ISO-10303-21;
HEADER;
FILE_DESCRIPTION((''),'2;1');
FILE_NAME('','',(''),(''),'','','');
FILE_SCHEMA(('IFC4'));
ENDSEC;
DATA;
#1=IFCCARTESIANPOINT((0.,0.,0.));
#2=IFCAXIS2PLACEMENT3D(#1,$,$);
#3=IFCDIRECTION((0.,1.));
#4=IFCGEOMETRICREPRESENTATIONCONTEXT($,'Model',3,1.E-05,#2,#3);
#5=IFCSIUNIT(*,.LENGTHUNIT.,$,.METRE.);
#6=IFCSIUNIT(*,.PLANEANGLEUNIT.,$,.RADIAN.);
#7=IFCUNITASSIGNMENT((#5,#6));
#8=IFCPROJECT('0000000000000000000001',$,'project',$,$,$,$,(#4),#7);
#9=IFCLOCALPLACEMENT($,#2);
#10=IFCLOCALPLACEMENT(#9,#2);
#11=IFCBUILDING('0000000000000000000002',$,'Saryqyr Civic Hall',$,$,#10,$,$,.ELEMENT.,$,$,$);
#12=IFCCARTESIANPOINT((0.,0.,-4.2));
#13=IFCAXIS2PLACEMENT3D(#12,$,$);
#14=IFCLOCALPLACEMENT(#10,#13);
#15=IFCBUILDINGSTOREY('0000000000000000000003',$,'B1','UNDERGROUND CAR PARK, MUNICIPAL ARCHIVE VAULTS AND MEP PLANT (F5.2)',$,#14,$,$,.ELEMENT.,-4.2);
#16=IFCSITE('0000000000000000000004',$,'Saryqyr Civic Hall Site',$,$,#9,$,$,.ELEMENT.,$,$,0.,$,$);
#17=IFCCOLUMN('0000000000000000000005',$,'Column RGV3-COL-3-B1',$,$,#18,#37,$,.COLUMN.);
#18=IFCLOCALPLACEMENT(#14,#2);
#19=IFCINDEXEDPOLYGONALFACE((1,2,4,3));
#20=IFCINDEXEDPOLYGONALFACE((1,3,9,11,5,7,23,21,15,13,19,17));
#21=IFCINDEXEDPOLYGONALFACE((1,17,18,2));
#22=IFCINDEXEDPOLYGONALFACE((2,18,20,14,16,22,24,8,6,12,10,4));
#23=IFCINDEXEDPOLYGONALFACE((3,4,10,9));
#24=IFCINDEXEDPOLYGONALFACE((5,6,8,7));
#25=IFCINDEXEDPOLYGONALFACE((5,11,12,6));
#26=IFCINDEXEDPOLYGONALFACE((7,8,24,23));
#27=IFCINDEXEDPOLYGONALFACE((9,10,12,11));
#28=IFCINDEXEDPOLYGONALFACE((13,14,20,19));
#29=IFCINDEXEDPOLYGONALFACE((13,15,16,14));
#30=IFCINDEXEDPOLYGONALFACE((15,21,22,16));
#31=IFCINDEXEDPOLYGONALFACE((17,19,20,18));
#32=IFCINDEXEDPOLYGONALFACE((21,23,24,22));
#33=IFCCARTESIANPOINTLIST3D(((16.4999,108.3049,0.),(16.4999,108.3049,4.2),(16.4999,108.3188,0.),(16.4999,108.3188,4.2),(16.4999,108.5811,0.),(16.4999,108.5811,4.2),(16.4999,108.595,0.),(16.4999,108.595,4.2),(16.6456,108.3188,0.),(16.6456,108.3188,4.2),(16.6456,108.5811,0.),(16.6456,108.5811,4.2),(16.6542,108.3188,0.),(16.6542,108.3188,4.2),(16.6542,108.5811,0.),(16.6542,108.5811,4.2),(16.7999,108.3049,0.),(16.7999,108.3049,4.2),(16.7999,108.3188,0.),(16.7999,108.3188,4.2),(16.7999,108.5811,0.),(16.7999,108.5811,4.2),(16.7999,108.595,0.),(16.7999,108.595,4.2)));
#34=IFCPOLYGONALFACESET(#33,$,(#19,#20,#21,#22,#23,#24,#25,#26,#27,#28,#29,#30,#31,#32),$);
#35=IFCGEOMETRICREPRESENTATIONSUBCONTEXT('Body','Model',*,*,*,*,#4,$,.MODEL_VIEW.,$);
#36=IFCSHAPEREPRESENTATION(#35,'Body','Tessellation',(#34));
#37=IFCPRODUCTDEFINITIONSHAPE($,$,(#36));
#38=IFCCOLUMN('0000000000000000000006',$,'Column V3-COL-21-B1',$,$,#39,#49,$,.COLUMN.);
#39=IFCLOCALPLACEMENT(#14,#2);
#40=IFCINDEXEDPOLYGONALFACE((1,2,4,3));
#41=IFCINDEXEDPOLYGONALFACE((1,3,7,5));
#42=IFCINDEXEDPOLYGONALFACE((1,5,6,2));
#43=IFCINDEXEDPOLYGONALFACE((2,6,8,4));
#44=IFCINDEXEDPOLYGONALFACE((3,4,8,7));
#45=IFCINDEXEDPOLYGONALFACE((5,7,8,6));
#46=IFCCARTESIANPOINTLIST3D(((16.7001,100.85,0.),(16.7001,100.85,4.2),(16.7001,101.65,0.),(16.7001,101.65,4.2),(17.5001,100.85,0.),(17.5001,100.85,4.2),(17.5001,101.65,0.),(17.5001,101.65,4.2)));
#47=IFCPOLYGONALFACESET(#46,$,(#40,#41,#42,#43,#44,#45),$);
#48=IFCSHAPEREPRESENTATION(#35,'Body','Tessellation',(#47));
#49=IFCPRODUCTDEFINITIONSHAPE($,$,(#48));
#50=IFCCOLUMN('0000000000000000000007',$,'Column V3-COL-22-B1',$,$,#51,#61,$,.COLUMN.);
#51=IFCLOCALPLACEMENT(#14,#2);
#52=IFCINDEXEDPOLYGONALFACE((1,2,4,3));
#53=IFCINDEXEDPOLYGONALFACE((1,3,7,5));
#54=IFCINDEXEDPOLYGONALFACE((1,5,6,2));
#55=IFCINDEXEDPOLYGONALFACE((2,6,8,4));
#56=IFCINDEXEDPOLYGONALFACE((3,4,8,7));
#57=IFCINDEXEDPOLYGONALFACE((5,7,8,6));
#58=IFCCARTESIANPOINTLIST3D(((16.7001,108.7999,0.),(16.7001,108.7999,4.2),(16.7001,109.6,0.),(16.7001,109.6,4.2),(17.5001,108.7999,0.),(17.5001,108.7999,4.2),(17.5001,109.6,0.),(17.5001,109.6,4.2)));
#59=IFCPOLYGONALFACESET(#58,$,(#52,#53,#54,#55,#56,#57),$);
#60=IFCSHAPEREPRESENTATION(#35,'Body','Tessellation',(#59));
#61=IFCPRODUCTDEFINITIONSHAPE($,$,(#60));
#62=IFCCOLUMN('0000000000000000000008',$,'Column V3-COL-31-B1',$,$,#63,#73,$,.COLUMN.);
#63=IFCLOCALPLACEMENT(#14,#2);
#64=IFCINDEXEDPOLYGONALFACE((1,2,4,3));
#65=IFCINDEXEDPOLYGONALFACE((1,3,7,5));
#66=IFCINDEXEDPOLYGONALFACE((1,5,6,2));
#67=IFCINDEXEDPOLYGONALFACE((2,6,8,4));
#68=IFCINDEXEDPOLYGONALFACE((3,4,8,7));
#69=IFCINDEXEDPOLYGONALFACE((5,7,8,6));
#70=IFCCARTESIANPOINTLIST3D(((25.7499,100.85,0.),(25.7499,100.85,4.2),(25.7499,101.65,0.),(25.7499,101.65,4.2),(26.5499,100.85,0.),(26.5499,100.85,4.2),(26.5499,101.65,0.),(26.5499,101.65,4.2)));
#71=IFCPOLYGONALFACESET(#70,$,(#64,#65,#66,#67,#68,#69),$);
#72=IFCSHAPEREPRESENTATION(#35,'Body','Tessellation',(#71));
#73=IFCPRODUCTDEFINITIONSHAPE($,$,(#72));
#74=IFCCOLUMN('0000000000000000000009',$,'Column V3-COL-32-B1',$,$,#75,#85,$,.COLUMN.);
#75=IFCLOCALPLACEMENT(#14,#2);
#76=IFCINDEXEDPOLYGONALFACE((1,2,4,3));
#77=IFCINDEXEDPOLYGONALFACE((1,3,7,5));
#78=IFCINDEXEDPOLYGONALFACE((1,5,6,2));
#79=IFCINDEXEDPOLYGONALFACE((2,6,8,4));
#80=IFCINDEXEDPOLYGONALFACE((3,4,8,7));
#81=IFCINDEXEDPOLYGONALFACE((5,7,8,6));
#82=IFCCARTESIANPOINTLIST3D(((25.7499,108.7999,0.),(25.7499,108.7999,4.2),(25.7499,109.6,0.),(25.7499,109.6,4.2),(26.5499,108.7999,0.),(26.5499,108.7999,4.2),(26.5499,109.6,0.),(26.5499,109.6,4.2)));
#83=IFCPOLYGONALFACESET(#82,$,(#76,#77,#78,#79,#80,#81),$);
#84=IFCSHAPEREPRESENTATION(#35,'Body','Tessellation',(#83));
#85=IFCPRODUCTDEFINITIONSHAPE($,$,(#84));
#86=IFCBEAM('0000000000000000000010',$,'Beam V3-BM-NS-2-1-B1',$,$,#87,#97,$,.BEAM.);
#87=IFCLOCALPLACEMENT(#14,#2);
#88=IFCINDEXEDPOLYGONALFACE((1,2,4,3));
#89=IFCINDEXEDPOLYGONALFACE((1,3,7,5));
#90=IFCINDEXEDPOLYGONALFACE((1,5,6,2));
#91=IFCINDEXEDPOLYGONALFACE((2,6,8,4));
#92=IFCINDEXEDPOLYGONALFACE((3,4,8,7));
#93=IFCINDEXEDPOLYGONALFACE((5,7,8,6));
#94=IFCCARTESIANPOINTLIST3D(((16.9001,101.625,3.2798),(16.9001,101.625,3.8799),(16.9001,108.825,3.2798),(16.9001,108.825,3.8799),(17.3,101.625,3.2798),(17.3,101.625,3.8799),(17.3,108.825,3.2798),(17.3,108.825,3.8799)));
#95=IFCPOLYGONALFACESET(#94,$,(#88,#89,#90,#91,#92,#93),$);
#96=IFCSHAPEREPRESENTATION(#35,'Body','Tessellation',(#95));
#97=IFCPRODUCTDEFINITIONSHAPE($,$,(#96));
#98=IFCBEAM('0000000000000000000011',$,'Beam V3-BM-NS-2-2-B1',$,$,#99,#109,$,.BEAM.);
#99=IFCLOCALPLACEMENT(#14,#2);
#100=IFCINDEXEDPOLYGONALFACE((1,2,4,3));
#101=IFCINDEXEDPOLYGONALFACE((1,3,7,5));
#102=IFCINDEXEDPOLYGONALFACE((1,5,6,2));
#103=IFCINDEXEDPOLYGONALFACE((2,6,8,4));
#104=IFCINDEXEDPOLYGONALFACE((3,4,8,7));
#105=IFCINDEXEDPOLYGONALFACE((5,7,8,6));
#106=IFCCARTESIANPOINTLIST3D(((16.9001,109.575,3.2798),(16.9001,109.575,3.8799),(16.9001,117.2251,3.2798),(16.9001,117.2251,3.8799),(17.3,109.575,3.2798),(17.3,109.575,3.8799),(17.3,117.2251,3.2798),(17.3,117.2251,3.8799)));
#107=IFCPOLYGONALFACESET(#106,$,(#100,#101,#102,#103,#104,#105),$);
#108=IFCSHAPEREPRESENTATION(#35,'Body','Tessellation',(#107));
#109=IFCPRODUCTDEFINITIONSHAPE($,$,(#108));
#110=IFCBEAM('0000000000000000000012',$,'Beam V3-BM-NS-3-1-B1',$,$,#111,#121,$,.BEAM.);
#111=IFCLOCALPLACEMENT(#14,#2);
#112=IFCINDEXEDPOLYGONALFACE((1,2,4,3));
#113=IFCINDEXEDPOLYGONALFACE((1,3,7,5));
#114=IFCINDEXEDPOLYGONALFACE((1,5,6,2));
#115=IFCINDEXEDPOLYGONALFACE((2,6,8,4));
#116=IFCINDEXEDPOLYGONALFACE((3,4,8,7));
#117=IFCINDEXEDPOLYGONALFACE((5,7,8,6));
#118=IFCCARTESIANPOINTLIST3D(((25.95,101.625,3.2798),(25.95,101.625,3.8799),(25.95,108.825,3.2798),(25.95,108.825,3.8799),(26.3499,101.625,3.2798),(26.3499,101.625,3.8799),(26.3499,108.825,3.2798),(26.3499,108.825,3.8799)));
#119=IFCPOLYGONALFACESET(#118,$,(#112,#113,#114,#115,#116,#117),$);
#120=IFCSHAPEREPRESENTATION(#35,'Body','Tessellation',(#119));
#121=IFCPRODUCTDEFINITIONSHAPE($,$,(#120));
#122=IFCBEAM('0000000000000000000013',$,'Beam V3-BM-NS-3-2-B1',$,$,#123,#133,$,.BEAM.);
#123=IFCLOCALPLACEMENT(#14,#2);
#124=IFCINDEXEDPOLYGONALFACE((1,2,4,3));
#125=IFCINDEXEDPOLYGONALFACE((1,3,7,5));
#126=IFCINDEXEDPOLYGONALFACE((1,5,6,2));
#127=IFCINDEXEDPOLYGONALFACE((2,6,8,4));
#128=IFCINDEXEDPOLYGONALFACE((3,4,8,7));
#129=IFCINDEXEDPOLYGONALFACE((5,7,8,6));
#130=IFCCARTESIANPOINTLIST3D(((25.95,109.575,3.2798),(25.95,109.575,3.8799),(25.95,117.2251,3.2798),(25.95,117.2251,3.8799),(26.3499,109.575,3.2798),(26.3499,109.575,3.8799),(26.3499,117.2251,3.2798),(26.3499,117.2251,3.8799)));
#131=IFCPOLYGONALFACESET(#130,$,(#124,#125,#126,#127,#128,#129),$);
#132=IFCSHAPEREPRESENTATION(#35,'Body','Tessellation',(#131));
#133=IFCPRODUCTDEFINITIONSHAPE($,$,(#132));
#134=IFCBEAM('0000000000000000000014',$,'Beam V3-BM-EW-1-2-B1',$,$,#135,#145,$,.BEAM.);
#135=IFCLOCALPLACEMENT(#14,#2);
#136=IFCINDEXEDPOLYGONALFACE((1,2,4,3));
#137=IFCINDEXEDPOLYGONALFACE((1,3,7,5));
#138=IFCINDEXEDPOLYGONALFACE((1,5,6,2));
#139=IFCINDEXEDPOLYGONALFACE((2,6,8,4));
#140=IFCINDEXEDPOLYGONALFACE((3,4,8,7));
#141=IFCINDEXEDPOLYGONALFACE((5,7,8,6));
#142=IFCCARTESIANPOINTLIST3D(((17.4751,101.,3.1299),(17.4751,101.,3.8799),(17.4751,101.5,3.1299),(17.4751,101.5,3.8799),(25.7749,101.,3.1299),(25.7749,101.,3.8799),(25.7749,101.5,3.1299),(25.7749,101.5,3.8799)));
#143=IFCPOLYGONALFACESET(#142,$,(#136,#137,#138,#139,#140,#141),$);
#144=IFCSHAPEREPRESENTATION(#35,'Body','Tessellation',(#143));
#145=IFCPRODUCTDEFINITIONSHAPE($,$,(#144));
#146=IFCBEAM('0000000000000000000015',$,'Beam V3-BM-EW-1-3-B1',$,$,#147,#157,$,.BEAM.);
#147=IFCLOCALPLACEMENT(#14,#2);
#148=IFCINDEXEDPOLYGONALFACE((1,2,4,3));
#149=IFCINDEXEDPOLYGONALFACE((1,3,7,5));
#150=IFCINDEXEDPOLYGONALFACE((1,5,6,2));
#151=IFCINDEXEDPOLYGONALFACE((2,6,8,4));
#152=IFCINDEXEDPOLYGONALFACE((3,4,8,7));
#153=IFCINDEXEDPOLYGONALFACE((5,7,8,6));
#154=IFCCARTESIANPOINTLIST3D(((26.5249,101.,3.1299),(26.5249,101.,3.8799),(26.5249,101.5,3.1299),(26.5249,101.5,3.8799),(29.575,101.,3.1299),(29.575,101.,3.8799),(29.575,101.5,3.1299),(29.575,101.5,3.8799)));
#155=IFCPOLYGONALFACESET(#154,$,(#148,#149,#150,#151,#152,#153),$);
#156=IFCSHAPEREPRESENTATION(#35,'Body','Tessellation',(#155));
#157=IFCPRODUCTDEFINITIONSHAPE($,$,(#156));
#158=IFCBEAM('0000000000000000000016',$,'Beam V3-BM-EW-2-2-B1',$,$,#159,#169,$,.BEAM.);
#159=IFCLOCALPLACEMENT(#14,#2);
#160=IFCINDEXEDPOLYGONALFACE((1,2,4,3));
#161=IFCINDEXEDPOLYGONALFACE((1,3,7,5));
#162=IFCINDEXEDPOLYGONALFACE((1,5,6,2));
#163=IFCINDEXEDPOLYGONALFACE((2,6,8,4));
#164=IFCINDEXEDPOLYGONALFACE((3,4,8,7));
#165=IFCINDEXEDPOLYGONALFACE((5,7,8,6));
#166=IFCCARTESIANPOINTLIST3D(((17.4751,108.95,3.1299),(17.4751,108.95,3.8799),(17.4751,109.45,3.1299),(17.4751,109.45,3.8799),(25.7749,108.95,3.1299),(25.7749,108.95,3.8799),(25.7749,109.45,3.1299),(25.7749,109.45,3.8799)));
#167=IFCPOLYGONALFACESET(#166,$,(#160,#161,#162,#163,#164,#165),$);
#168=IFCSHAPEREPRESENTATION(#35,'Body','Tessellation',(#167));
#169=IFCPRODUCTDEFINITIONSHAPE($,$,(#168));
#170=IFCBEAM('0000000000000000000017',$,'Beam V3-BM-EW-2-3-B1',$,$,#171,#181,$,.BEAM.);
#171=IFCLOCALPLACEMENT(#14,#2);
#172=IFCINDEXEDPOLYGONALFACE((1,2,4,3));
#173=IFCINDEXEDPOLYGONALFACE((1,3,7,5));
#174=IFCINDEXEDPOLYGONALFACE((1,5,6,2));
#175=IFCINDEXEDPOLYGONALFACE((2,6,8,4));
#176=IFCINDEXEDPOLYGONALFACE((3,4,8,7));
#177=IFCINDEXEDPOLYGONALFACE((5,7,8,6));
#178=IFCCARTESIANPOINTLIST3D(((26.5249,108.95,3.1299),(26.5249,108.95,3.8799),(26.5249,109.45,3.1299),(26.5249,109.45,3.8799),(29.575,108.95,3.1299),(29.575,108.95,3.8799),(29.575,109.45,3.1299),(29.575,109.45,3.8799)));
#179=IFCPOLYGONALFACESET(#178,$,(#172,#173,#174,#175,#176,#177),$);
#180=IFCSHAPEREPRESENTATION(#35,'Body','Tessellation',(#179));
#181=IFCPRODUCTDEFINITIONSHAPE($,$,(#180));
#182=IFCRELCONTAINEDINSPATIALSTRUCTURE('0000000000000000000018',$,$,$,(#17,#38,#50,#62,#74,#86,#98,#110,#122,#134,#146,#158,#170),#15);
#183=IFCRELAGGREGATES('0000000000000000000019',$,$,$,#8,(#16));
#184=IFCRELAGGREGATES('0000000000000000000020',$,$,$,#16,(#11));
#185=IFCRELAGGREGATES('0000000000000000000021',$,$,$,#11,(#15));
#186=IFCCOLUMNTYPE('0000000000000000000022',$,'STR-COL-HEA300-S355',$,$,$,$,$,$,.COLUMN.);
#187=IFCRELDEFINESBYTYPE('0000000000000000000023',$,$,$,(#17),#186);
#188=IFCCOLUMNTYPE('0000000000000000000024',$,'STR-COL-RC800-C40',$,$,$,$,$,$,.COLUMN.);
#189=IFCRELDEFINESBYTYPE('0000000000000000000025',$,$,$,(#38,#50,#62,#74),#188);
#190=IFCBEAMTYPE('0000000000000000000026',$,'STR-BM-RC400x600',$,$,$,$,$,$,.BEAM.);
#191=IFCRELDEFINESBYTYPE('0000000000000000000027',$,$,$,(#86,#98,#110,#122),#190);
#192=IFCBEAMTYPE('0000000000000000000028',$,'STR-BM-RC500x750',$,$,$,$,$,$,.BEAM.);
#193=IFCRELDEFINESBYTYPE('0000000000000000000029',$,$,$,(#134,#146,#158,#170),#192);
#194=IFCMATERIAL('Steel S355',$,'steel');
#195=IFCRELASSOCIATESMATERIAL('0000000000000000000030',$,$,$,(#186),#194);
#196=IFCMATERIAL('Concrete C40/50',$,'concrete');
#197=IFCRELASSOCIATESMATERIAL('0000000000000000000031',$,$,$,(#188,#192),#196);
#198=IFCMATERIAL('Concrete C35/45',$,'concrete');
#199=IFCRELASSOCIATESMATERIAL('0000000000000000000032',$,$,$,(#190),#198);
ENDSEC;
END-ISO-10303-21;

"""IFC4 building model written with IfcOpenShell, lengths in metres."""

from ifc_helpers import new_model, si_unit, direction, frame, origin, origin_2d, place, context, subcontext, project, spatial, rectangle, i_section, extrude, material, material_profile, profile_set, type_object, element, save


model = new_model("IFC4")

# Units and contexts
model_context = context("Model", 3, precision=1e-05, world=origin(), true_north=direction((0.0, 1.0)))
body_context = subcontext(model_context, "Body", "Model", "MODEL_VIEW")
ifc_project = project(units=[si_unit("LENGTHUNIT", "METRE"), si_unit("PLANEANGLEUNIT", "RADIAN")], contexts=[model_context])

# Site, building, storey
site_placement = place(None, origin())
site = spatial("IfcSite", under=ifc_project, at=site_placement, Name="Saryqyr Civic Hall Site", CompositionType="ELEMENT", RefElevation=0.0)
building_placement = place(site_placement, origin())
building = spatial("IfcBuilding", under=site, at=building_placement, Name="Saryqyr Civic Hall", CompositionType="ELEMENT")
storey_placement = place(building_placement, frame((0.0, 0.0, -4.2)))
storey = spatial("IfcBuildingStorey", under=building, at=storey_placement, Name="B1", Description="UNDERGROUND CAR PARK, MUNICIPAL ARCHIVE VAULTS AND MEP PLANT (F5.2)", CompositionType="ELEMENT", Elevation=-4.2)

# Shared definitions
ifc_material_1 = material(Name="Concrete C35/45", Category="concrete")

# Columns
ifc_material_2 = material(Name="Steel S355", Category="steel")
ifc_material_profile_1 = material_profile(ifc_material_2, i_section(OverallWidth=0.3, OverallDepth=0.29, WebThickness=0.0085, FlangeThickness=0.0139, at=origin_2d()), Name="HEA 300")
ifc_profile_set_1 = profile_set([ifc_material_profile_1], Name="Steel S355")
column_type_1 = type_object("IfcColumnType", Name="STR-COL-HEA300-S355", PredefinedType="COLUMN", material=ifc_profile_set_1)
column_1_placement = place(storey_placement, frame((16.6499, 108.45, 0.0), z_axis=(0.0, 0.0, 1.0), x_axis=(1.0, 0.0, 0.0)))
element("IfcColumn", 1, at=column_1_placement, inside=storey, type_object=column_type_1, Name="Column RGV3-COL-3-B1", PredefinedType="COLUMN", context=body_context, shape_type="SweptSolid", body=[
    extrude(i_section(OverallWidth=0.3, OverallDepth=0.29, WebThickness=0.0085, FlangeThickness=0.0139, at=origin_2d()), origin(), (0.0, 0.0, 1.0), 4.2),
])
ifc_material_3 = material(Name="Concrete C40/50", Category="concrete")
ifc_material_profile_2 = material_profile(ifc_material_3, rectangle(XDim=0.8, YDim=0.8, at=origin_2d()), Name="RC 800x800")
ifc_profile_set_2 = profile_set([ifc_material_profile_2], Name="Concrete C40/50")
column_type_2 = type_object("IfcColumnType", Name="STR-COL-RC800-C40", PredefinedType="COLUMN", material=ifc_profile_set_2)
for number, where, z_axis, x_axis, name in (
    (2, (17.1001, 101.25, 0.0), (0.0, 0.0, 1.0), (1.0, 0.0, 0.0), "Column V3-COL-21-B1"),
    (3, (17.1001, 109.2, 0.0), (0.0, 0.0, 1.0), (1.0, 0.0, 0.0), "Column V3-COL-22-B1"),
    (4, (26.1499, 101.25, 0.0), (0.0, 0.0, 1.0), (1.0, 0.0, 0.0), "Column V3-COL-31-B1"),
    (5, (26.1499, 109.2, 0.0), (0.0, 0.0, 1.0), (1.0, 0.0, 0.0), "Column V3-COL-32-B1"),
):
    element("IfcColumn", number, at=place(storey_placement, frame(where, z_axis=z_axis, x_axis=x_axis)), inside=storey, type_object=column_type_2, Name=name, PredefinedType="COLUMN", context=body_context, shape_type="SweptSolid", body=[
        extrude(rectangle(XDim=0.8, YDim=0.8, at=origin_2d()), origin(), (0.0, 0.0, 1.0), 4.2),
    ])

# Beams
ifc_material_profile_3 = material_profile(ifc_material_1, rectangle(XDim=0.3999, YDim=0.6001, at=origin_2d()), Name="RC 400x600")
ifc_profile_set_3 = profile_set([ifc_material_profile_3], Name="Concrete C35/45")
beam_type_1 = type_object("IfcBeamType", Name="STR-BM-RC400x600", PredefinedType="BEAM", material=ifc_profile_set_3)
beam_1_placement = place(storey_placement, frame((17.1001, 101.625, 3.5798), z_axis=(0.0, 1.0, 0.0), x_axis=(-1.0, 0.0, 0.0)))
element("IfcBeam", 6, at=beam_1_placement, inside=storey, type_object=beam_type_1, Name="Beam V3-BM-NS-2-1-B1", PredefinedType="BEAM", context=body_context, shape_type="SweptSolid", body=[
    extrude(rectangle(XDim=0.3999, YDim=0.6001, at=origin_2d()), origin(), (0.0, 0.0, 1.0), 7.2),
])
beam_2_placement = place(storey_placement, frame((17.1001, 109.575, 3.5798), z_axis=(0.0, 1.0, 0.0), x_axis=(-1.0, 0.0, 0.0)))
element("IfcBeam", 7, at=beam_2_placement, inside=storey, type_object=beam_type_1, Name="Beam V3-BM-NS-2-2-B1", PredefinedType="BEAM", context=body_context, shape_type="SweptSolid", body=[
    extrude(rectangle(XDim=0.3999, YDim=0.6001, at=origin_2d()), origin(), (0.0, 0.0, 1.0), 7.6501),
])
beam_3_placement = place(storey_placement, frame((26.1499, 101.625, 3.5798), z_axis=(0.0, 1.0, 0.0), x_axis=(-1.0, 0.0, 0.0)))
element("IfcBeam", 8, at=beam_3_placement, inside=storey, type_object=beam_type_1, Name="Beam V3-BM-NS-3-1-B1", PredefinedType="BEAM", context=body_context, shape_type="SweptSolid", body=[
    extrude(rectangle(XDim=0.3999, YDim=0.6001, at=origin_2d()), origin(), (0.0, 0.0, 1.0), 7.2),
])
beam_4_placement = place(storey_placement, frame((26.1499, 109.575, 3.5798), z_axis=(0.0, 1.0, 0.0), x_axis=(-1.0, 0.0, 0.0)))
element("IfcBeam", 9, at=beam_4_placement, inside=storey, type_object=beam_type_1, Name="Beam V3-BM-NS-3-2-B1", PredefinedType="BEAM", context=body_context, shape_type="SweptSolid", body=[
    extrude(rectangle(XDim=0.3999, YDim=0.6001, at=origin_2d()), origin(), (0.0, 0.0, 1.0), 7.6501),
])
ifc_material_profile_4 = material_profile(ifc_material_3, rectangle(XDim=0.5, YDim=0.75, at=origin_2d()), Name="RC 500x750")
ifc_profile_set_4 = profile_set([ifc_material_profile_4], Name="Concrete C40/50")
beam_type_2 = type_object("IfcBeamType", Name="STR-BM-RC500x750", PredefinedType="BEAM", material=ifc_profile_set_4)
beam_5_placement = place(storey_placement, frame((17.4751, 101.25, 3.5049), z_axis=(1.0, 0.0, 0.0), x_axis=(0.0, 1.0, 0.0)))
element("IfcBeam", 10, at=beam_5_placement, inside=storey, type_object=beam_type_2, Name="Beam V3-BM-EW-1-2-B1", PredefinedType="BEAM", context=body_context, shape_type="SweptSolid", body=[
    extrude(rectangle(XDim=0.5, YDim=0.75, at=origin_2d()), origin(), (0.0, 0.0, 1.0), 8.2998),
])
beam_6_placement = place(storey_placement, frame((26.5249, 101.25, 3.5049), z_axis=(1.0, 0.0, 0.0), x_axis=(0.0, 1.0, 0.0)))
element("IfcBeam", 11, at=beam_6_placement, inside=storey, type_object=beam_type_2, Name="Beam V3-BM-EW-1-3-B1", PredefinedType="BEAM", context=body_context, shape_type="SweptSolid", body=[
    extrude(rectangle(XDim=0.5, YDim=0.75, at=origin_2d()), origin(), (0.0, 0.0, 1.0), 3.05),
])
beam_7_placement = place(storey_placement, frame((17.4751, 109.2, 3.5049), z_axis=(1.0, 0.0, 0.0), x_axis=(0.0, 1.0, 0.0)))
element("IfcBeam", 12, at=beam_7_placement, inside=storey, type_object=beam_type_2, Name="Beam V3-BM-EW-2-2-B1", PredefinedType="BEAM", context=body_context, shape_type="SweptSolid", body=[
    extrude(rectangle(XDim=0.5, YDim=0.75, at=origin_2d()), origin(), (0.0, 0.0, 1.0), 8.2998),
])
beam_8_placement = place(storey_placement, frame((26.5249, 109.2, 3.5049), z_axis=(1.0, 0.0, 0.0), x_axis=(0.0, 1.0, 0.0)))
element("IfcBeam", 13, at=beam_8_placement, inside=storey, type_object=beam_type_2, Name="Beam V3-BM-EW-2-3-B1", PredefinedType="BEAM", context=body_context, shape_type="SweptSolid", body=[
    extrude(rectangle(XDim=0.5, YDim=0.75, at=origin_2d()), origin(), (0.0, 0.0, 1.0), 3.05),
])

save(model, "model.ifc")
